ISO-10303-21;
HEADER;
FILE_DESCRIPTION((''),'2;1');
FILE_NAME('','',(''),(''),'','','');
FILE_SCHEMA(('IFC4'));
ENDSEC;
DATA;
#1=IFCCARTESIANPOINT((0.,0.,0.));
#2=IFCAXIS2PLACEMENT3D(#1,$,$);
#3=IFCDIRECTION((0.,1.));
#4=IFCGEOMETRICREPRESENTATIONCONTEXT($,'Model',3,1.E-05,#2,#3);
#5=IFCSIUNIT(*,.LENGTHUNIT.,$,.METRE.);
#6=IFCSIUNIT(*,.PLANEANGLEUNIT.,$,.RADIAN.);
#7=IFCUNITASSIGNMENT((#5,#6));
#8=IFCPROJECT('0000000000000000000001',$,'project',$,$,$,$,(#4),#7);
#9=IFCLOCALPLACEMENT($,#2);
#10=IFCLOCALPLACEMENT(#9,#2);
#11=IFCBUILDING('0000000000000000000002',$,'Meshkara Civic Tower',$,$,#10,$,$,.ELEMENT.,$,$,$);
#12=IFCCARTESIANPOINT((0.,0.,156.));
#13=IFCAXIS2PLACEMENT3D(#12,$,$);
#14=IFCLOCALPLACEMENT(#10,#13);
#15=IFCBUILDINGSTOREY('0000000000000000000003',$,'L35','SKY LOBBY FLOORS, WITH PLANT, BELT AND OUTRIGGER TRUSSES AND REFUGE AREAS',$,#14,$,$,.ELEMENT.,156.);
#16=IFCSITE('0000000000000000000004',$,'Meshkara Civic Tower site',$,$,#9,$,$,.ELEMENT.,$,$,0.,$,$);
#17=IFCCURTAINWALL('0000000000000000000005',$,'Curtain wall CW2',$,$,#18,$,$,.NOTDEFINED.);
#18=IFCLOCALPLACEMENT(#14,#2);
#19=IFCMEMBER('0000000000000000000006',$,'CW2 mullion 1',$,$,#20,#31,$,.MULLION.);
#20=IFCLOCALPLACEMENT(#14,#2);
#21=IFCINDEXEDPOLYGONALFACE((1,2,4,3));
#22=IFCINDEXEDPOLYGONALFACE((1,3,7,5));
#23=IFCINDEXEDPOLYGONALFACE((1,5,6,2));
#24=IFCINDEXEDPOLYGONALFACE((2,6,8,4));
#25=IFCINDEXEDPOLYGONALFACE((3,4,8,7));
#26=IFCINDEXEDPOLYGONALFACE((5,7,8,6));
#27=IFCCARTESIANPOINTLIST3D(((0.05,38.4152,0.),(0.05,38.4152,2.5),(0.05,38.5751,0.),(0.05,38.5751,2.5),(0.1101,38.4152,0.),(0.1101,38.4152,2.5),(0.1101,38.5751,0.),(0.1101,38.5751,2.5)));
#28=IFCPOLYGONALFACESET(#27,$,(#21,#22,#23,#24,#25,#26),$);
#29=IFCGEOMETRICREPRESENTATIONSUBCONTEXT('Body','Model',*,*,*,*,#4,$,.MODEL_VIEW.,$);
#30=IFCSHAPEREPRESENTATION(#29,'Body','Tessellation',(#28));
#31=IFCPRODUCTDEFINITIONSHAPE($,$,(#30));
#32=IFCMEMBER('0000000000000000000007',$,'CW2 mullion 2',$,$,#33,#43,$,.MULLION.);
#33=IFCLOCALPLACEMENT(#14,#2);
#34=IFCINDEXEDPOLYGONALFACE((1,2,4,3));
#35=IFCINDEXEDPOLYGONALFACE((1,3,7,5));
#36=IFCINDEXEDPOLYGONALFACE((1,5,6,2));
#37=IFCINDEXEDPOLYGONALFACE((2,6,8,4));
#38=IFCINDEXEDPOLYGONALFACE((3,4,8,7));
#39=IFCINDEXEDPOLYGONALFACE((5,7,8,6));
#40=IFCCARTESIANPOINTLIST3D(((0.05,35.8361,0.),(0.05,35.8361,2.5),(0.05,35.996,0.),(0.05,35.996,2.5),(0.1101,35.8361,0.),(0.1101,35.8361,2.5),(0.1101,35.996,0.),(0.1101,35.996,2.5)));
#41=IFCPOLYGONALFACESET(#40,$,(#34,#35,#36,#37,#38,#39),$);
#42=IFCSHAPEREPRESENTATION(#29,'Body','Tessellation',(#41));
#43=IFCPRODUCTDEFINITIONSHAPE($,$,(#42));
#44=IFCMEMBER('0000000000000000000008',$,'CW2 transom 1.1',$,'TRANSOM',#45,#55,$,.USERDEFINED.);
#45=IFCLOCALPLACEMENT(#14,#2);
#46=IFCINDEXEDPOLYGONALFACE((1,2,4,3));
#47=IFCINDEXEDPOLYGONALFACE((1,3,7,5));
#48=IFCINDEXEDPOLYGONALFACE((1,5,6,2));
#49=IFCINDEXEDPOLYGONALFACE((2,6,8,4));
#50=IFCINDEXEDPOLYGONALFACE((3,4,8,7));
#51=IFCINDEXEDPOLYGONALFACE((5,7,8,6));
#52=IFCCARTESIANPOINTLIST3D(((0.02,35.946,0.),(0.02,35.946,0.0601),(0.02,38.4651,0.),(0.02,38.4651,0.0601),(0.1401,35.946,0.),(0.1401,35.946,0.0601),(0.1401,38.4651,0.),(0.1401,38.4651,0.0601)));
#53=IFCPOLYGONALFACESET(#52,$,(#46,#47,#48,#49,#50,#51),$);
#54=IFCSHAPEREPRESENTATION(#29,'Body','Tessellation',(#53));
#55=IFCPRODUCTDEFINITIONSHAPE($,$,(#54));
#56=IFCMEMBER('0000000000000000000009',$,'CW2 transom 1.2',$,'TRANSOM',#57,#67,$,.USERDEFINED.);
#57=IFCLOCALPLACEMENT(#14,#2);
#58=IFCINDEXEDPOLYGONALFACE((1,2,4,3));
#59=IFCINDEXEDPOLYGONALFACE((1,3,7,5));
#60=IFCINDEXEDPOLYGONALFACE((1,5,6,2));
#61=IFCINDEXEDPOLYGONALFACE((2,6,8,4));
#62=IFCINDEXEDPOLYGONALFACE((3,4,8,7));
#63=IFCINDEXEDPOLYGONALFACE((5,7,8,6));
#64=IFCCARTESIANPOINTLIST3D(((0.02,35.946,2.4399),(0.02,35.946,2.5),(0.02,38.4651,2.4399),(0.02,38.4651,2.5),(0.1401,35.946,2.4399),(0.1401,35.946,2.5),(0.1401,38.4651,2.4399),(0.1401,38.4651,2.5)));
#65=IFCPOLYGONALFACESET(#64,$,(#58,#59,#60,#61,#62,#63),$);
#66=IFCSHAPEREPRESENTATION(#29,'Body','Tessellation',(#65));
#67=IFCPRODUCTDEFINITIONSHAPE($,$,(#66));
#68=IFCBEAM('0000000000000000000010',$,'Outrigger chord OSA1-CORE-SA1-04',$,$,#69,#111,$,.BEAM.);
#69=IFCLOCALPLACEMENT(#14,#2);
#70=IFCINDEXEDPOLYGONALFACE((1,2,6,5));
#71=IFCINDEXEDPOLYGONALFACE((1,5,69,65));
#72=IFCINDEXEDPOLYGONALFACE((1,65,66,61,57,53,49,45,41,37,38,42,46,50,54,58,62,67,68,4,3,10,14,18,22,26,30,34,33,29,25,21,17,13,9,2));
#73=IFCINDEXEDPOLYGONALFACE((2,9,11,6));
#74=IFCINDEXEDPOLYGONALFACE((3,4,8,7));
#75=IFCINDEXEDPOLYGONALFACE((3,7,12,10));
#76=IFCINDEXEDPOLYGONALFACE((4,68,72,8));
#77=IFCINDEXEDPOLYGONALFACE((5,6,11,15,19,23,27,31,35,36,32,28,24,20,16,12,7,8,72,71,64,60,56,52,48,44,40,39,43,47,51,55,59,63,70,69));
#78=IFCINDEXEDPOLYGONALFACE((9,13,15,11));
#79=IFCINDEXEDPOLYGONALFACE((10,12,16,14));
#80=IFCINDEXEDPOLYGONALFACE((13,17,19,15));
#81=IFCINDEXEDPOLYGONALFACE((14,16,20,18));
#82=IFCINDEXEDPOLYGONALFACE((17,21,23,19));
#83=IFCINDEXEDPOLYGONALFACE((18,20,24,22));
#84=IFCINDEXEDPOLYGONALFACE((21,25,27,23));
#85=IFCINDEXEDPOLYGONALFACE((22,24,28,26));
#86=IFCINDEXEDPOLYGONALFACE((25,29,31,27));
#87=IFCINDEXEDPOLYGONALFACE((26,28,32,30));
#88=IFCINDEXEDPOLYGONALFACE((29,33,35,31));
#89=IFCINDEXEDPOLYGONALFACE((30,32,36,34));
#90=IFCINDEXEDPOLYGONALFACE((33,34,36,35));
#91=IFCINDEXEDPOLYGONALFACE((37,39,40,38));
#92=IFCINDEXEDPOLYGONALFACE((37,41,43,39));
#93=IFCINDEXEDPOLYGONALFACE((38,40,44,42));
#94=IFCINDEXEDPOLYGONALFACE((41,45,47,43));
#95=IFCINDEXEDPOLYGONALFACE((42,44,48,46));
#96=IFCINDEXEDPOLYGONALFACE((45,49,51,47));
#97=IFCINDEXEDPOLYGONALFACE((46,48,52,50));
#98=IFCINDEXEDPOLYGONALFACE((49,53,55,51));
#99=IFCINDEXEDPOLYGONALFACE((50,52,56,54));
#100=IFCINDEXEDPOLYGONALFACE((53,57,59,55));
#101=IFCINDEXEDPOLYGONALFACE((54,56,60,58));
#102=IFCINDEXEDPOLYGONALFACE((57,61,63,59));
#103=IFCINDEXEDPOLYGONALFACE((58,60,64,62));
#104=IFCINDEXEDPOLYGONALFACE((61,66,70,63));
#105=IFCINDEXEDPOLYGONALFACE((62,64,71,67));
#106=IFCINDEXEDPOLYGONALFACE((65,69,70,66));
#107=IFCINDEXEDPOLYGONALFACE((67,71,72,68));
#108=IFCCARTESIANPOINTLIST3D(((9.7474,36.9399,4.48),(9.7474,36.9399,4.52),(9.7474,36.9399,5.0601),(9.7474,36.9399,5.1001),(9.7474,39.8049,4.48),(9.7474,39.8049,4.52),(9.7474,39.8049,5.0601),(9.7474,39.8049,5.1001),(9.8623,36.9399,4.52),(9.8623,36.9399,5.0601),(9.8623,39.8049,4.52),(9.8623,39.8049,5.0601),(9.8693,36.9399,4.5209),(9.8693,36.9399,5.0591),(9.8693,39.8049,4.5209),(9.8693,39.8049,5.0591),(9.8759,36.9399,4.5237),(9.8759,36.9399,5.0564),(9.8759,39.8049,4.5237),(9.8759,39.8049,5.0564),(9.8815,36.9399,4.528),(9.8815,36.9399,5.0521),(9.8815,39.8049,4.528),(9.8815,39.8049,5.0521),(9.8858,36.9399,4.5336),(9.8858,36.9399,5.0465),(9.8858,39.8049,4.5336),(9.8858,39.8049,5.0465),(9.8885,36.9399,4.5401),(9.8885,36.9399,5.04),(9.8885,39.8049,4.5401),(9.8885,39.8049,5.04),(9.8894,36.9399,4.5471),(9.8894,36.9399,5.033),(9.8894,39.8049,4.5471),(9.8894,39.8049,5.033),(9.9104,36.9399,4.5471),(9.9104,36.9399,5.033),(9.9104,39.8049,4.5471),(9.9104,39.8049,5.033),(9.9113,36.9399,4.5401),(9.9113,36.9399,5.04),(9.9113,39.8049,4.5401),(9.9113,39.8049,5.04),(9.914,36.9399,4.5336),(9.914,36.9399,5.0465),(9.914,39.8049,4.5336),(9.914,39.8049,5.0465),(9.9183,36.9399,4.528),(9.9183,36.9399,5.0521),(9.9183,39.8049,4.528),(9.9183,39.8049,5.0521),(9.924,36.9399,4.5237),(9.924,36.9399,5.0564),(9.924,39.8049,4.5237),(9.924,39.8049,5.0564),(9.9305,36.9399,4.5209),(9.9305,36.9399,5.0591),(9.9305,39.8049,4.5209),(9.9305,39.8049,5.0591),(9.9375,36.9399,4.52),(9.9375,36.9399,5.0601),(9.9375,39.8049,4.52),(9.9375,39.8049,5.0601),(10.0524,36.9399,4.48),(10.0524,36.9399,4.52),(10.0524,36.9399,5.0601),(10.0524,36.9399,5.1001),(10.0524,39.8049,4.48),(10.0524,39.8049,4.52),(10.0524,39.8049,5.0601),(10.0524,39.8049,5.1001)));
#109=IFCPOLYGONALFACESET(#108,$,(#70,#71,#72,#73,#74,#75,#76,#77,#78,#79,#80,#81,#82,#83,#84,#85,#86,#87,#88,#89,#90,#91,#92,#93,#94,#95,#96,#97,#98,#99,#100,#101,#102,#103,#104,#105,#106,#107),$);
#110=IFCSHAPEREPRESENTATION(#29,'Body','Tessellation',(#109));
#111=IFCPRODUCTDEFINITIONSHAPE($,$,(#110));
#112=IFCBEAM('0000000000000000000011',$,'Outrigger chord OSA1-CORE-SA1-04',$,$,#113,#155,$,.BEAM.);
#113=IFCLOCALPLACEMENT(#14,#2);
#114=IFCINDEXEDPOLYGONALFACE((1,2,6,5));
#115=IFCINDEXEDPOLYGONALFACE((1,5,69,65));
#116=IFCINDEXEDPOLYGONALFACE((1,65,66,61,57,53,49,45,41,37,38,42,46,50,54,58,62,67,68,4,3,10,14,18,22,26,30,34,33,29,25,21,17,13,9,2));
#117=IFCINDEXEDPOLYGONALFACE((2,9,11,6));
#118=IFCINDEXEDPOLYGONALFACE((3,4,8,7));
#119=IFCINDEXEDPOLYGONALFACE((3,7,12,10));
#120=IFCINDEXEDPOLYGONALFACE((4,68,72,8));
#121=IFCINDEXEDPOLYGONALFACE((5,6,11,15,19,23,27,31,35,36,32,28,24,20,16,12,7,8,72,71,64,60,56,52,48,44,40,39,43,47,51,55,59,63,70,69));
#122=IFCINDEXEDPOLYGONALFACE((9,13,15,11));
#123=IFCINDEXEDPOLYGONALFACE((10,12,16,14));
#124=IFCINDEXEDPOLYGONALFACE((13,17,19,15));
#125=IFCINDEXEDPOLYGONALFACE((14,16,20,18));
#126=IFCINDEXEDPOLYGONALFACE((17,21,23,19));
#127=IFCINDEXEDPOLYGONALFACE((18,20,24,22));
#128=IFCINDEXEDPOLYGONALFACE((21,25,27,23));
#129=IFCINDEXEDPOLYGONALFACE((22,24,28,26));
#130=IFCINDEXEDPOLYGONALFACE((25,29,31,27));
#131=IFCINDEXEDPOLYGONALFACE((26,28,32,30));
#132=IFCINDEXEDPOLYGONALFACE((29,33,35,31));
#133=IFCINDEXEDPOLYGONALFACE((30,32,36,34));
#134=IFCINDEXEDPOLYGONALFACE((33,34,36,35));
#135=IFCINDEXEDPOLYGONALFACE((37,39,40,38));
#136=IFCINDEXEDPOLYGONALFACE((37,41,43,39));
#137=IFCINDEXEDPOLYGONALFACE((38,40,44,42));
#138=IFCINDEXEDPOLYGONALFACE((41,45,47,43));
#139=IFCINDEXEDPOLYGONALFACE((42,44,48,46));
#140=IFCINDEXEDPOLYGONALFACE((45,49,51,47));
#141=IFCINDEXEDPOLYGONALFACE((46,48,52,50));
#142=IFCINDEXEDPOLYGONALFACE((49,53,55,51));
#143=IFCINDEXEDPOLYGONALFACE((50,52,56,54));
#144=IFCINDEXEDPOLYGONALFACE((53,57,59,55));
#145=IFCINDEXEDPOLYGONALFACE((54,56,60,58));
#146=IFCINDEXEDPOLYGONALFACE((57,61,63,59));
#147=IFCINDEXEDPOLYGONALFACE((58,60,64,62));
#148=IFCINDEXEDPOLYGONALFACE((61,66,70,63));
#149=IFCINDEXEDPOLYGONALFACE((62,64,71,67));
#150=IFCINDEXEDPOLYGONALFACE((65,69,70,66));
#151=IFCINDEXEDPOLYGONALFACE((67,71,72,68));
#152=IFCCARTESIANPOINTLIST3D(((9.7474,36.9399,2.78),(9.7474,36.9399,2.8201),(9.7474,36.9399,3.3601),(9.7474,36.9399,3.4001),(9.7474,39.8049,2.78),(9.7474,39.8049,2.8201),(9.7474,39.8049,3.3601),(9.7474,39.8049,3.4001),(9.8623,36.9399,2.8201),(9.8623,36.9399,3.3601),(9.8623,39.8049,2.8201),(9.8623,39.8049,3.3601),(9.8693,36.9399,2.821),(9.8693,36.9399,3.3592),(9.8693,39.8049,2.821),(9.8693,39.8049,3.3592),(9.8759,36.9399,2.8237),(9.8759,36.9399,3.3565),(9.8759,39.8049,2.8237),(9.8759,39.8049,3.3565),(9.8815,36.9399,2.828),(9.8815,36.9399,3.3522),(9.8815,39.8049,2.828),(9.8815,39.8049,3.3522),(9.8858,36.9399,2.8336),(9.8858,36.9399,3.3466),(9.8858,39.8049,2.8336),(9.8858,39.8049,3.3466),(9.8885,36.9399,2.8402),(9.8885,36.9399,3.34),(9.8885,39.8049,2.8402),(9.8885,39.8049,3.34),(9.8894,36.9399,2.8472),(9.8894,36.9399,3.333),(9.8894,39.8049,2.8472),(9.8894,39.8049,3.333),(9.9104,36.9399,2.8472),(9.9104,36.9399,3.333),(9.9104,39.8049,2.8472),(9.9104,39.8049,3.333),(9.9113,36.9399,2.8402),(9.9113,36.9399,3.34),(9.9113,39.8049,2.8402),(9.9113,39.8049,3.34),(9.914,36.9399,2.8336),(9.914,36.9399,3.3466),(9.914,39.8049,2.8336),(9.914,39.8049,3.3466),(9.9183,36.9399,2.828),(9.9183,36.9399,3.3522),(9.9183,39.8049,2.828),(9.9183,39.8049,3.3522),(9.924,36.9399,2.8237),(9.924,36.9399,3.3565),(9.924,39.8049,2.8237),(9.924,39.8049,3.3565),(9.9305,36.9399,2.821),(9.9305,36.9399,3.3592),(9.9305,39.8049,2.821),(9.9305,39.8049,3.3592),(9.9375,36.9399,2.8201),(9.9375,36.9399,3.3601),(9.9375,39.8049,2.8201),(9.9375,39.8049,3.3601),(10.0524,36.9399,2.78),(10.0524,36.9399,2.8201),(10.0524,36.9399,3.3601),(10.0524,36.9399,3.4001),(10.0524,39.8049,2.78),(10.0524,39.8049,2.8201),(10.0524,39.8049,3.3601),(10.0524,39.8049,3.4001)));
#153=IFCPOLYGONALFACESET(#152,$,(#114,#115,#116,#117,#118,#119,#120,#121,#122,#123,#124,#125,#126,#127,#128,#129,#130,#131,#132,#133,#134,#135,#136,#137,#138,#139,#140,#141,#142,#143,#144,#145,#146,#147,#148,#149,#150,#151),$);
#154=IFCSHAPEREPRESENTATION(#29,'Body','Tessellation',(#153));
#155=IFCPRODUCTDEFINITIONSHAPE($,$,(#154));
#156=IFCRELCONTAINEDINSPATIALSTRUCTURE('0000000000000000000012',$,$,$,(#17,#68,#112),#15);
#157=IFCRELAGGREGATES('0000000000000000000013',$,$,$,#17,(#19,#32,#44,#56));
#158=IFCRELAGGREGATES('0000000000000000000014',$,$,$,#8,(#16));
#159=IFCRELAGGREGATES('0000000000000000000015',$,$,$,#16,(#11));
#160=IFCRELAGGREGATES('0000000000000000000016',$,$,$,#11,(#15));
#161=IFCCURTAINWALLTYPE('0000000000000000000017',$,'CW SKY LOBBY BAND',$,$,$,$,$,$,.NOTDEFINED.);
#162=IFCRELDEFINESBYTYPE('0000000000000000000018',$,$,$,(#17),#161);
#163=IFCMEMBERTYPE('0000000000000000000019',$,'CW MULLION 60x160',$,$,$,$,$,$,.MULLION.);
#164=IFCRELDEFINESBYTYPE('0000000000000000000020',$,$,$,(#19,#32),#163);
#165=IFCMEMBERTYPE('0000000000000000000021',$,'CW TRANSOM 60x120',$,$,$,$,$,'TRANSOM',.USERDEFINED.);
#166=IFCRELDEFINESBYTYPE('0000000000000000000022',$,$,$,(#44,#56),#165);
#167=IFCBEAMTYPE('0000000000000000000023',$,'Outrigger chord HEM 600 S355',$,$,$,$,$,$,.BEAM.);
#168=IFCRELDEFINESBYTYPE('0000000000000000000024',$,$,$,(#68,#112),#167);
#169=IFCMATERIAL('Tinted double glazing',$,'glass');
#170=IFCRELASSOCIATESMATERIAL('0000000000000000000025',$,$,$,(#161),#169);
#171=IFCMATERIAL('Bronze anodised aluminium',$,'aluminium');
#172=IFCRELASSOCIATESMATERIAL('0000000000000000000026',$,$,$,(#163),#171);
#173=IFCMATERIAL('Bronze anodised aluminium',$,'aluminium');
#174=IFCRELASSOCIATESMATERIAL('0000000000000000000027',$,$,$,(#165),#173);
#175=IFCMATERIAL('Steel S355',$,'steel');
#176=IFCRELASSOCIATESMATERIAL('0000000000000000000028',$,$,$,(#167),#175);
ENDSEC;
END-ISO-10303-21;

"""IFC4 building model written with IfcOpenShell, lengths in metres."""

from ifc_helpers import new_model, si_unit, direction, frame, origin, origin_2d, place, context, subcontext, project, spatial, rectangle, i_section, extrude, material, material_profile, profile_set, type_object, element, aggregate, save


model = new_model("IFC4")

# Units and contexts
model_context = context("Model", 3, precision=1e-05, world=origin(), true_north=direction((0.0, 1.0)))
body_context = subcontext(model_context, "Body", "Model", "MODEL_VIEW")
ifc_project = project(units=[si_unit("LENGTHUNIT", "METRE"), si_unit("PLANEANGLEUNIT", "RADIAN")], contexts=[model_context])

# Site, building, storey
site_placement = place(None, origin())
site = spatial("IfcSite", under=ifc_project, at=site_placement, Name="Meshkara Civic Tower site", CompositionType="ELEMENT", RefElevation=0.0)
building_placement = place(site_placement, origin())
building = spatial("IfcBuilding", under=site, at=building_placement, Name="Meshkara Civic Tower", CompositionType="ELEMENT")
storey_placement = place(building_placement, frame((0.0, 0.0, 156.0)))
storey = spatial("IfcBuildingStorey", under=building, at=storey_placement, Name="L35", Description="SKY LOBBY FLOORS, WITH PLANT, BELT AND OUTRIGGER TRUSSES AND REFUGE AREAS", CompositionType="ELEMENT", Elevation=156.0)

# Curtain wall, members
ifc_material_1 = material(Name="Tinted double glazing", Category="glass")
curtain_wall_type = type_object("IfcCurtainWallType", Name="CW SKY LOBBY BAND", PredefinedType="NOTDEFINED", material=ifc_material_1)
curtain_wall_placement = place(storey_placement, origin())
curtain_wall = element("IfcCurtainWall", 1, at=curtain_wall_placement, inside=storey, type_object=curtain_wall_type, Name="Curtain wall CW2", PredefinedType="NOTDEFINED")
ifc_material_2 = material(Name="Bronze anodised aluminium", Category="aluminium")
ifc_material_profile_1 = material_profile(ifc_material_2, rectangle(XDim=0.0601, YDim=0.1599, at=origin_2d()))
ifc_profile_set_1 = profile_set([ifc_material_profile_1], Name="Bronze anodised aluminium")
member_type_1 = type_object("IfcMemberType", Name="CW MULLION 60x160", PredefinedType="MULLION", material=ifc_profile_set_1)
member_1_placement = place(storey_placement, frame((0.0801, 38.4951, 0.0), z_axis=(0.0, 0.0, 1.0), x_axis=(1.0, 0.0, 0.0)))
member_1 = element("IfcMember", 2, at=member_1_placement, type_object=member_type_1, Name="CW2 mullion 1", PredefinedType="MULLION", context=body_context, shape_type="SweptSolid", body=[
    extrude(rectangle(XDim=0.0601, YDim=0.1599, at=origin_2d()), origin(), (0.0, 0.0, 1.0), 2.5),
])
member_2_placement = place(storey_placement, frame((0.0801, 35.916, 0.0), z_axis=(0.0, 0.0, 1.0), x_axis=(1.0, 0.0, 0.0)))
member_2 = element("IfcMember", 3, at=member_2_placement, type_object=member_type_1, Name="CW2 mullion 2", PredefinedType="MULLION", context=body_context, shape_type="SweptSolid", body=[
    extrude(rectangle(XDim=0.0601, YDim=0.1599, at=origin_2d()), origin(), (0.0, 0.0, 1.0), 2.5),
])
ifc_material_3 = material(Name="Bronze anodised aluminium", Category="aluminium")
ifc_material_profile_2 = material_profile(ifc_material_3, rectangle(XDim=0.1201, YDim=0.0601, at=origin_2d()))
ifc_profile_set_2 = profile_set([ifc_material_profile_2], Name="Bronze anodised aluminium")
member_type_2 = type_object("IfcMemberType", Name="CW TRANSOM 60x120", ElementType="TRANSOM", PredefinedType="USERDEFINED", material=ifc_profile_set_2)
member_3_placement = place(storey_placement, frame((0.0801, 38.4651, 0.03), z_axis=(0.0, -1.0, 0.0), x_axis=(1.0, 0.0, 0.0)))
member_3 = element("IfcMember", 4, at=member_3_placement, type_object=member_type_2, Name="CW2 transom 1.1", ObjectType="TRANSOM", PredefinedType="USERDEFINED", context=body_context, shape_type="SweptSolid", body=[
    extrude(rectangle(XDim=0.1201, YDim=0.0601, at=origin_2d()), origin(), (0.0, 0.0, 1.0), 2.519),
])
member_4_placement = place(storey_placement, frame((0.0801, 38.4651, 2.47), z_axis=(0.0, -1.0, 0.0), x_axis=(1.0, 0.0, 0.0)))
member_4 = element("IfcMember", 5, at=member_4_placement, type_object=member_type_2, Name="CW2 transom 1.2", ObjectType="TRANSOM", PredefinedType="USERDEFINED", context=body_context, shape_type="SweptSolid", body=[
    extrude(rectangle(XDim=0.1201, YDim=0.0601, at=origin_2d()), origin(), (0.0, 0.0, 1.0), 2.519),
])

# Beams
ifc_material_4 = material(Name="Steel S355", Category="steel")
ifc_material_profile_3 = material_profile(ifc_material_4, i_section(OverallWidth=0.3049, OverallDepth=0.6201, WebThickness=0.021, FlangeThickness=0.04, FilletRadius=0.0271, at=origin_2d()))
ifc_profile_set_3 = profile_set([ifc_material_profile_3], Name="Steel S355")
beam_type_1 = type_object("IfcBeamType", Name="Outrigger chord HEM 600 S355", PredefinedType="BEAM", material=ifc_profile_set_3)
for number, where, z_axis, x_axis, name in (
    (6, (9.8999, 36.9399, 4.79), (0.0, 1.0, 0.0), (-1.0, 0.0, 0.0), "Outrigger chord OSA1-CORE-SA1-04"),
    (7, (9.8999, 36.9399, 3.0901), (0.0, 1.0, 0.0), (-1.0, 0.0, 0.0), "Outrigger chord OSA1-CORE-SA1-04"),
):
    element("IfcBeam", number, at=place(storey_placement, frame(where, z_axis=z_axis, x_axis=x_axis)), inside=storey, type_object=beam_type_1, Name=name, PredefinedType="BEAM", context=body_context, shape_type="SweptSolid", body=[
        extrude(i_section(OverallWidth=0.3049, OverallDepth=0.6201, WebThickness=0.021, FlangeThickness=0.04, FilletRadius=0.0271, at=origin_2d()), origin(), (0.0, 0.0, 1.0), 2.865),
    ])

aggregate(curtain_wall, [member_1, member_2, member_3, member_4])

save(model, "model.ifc")
